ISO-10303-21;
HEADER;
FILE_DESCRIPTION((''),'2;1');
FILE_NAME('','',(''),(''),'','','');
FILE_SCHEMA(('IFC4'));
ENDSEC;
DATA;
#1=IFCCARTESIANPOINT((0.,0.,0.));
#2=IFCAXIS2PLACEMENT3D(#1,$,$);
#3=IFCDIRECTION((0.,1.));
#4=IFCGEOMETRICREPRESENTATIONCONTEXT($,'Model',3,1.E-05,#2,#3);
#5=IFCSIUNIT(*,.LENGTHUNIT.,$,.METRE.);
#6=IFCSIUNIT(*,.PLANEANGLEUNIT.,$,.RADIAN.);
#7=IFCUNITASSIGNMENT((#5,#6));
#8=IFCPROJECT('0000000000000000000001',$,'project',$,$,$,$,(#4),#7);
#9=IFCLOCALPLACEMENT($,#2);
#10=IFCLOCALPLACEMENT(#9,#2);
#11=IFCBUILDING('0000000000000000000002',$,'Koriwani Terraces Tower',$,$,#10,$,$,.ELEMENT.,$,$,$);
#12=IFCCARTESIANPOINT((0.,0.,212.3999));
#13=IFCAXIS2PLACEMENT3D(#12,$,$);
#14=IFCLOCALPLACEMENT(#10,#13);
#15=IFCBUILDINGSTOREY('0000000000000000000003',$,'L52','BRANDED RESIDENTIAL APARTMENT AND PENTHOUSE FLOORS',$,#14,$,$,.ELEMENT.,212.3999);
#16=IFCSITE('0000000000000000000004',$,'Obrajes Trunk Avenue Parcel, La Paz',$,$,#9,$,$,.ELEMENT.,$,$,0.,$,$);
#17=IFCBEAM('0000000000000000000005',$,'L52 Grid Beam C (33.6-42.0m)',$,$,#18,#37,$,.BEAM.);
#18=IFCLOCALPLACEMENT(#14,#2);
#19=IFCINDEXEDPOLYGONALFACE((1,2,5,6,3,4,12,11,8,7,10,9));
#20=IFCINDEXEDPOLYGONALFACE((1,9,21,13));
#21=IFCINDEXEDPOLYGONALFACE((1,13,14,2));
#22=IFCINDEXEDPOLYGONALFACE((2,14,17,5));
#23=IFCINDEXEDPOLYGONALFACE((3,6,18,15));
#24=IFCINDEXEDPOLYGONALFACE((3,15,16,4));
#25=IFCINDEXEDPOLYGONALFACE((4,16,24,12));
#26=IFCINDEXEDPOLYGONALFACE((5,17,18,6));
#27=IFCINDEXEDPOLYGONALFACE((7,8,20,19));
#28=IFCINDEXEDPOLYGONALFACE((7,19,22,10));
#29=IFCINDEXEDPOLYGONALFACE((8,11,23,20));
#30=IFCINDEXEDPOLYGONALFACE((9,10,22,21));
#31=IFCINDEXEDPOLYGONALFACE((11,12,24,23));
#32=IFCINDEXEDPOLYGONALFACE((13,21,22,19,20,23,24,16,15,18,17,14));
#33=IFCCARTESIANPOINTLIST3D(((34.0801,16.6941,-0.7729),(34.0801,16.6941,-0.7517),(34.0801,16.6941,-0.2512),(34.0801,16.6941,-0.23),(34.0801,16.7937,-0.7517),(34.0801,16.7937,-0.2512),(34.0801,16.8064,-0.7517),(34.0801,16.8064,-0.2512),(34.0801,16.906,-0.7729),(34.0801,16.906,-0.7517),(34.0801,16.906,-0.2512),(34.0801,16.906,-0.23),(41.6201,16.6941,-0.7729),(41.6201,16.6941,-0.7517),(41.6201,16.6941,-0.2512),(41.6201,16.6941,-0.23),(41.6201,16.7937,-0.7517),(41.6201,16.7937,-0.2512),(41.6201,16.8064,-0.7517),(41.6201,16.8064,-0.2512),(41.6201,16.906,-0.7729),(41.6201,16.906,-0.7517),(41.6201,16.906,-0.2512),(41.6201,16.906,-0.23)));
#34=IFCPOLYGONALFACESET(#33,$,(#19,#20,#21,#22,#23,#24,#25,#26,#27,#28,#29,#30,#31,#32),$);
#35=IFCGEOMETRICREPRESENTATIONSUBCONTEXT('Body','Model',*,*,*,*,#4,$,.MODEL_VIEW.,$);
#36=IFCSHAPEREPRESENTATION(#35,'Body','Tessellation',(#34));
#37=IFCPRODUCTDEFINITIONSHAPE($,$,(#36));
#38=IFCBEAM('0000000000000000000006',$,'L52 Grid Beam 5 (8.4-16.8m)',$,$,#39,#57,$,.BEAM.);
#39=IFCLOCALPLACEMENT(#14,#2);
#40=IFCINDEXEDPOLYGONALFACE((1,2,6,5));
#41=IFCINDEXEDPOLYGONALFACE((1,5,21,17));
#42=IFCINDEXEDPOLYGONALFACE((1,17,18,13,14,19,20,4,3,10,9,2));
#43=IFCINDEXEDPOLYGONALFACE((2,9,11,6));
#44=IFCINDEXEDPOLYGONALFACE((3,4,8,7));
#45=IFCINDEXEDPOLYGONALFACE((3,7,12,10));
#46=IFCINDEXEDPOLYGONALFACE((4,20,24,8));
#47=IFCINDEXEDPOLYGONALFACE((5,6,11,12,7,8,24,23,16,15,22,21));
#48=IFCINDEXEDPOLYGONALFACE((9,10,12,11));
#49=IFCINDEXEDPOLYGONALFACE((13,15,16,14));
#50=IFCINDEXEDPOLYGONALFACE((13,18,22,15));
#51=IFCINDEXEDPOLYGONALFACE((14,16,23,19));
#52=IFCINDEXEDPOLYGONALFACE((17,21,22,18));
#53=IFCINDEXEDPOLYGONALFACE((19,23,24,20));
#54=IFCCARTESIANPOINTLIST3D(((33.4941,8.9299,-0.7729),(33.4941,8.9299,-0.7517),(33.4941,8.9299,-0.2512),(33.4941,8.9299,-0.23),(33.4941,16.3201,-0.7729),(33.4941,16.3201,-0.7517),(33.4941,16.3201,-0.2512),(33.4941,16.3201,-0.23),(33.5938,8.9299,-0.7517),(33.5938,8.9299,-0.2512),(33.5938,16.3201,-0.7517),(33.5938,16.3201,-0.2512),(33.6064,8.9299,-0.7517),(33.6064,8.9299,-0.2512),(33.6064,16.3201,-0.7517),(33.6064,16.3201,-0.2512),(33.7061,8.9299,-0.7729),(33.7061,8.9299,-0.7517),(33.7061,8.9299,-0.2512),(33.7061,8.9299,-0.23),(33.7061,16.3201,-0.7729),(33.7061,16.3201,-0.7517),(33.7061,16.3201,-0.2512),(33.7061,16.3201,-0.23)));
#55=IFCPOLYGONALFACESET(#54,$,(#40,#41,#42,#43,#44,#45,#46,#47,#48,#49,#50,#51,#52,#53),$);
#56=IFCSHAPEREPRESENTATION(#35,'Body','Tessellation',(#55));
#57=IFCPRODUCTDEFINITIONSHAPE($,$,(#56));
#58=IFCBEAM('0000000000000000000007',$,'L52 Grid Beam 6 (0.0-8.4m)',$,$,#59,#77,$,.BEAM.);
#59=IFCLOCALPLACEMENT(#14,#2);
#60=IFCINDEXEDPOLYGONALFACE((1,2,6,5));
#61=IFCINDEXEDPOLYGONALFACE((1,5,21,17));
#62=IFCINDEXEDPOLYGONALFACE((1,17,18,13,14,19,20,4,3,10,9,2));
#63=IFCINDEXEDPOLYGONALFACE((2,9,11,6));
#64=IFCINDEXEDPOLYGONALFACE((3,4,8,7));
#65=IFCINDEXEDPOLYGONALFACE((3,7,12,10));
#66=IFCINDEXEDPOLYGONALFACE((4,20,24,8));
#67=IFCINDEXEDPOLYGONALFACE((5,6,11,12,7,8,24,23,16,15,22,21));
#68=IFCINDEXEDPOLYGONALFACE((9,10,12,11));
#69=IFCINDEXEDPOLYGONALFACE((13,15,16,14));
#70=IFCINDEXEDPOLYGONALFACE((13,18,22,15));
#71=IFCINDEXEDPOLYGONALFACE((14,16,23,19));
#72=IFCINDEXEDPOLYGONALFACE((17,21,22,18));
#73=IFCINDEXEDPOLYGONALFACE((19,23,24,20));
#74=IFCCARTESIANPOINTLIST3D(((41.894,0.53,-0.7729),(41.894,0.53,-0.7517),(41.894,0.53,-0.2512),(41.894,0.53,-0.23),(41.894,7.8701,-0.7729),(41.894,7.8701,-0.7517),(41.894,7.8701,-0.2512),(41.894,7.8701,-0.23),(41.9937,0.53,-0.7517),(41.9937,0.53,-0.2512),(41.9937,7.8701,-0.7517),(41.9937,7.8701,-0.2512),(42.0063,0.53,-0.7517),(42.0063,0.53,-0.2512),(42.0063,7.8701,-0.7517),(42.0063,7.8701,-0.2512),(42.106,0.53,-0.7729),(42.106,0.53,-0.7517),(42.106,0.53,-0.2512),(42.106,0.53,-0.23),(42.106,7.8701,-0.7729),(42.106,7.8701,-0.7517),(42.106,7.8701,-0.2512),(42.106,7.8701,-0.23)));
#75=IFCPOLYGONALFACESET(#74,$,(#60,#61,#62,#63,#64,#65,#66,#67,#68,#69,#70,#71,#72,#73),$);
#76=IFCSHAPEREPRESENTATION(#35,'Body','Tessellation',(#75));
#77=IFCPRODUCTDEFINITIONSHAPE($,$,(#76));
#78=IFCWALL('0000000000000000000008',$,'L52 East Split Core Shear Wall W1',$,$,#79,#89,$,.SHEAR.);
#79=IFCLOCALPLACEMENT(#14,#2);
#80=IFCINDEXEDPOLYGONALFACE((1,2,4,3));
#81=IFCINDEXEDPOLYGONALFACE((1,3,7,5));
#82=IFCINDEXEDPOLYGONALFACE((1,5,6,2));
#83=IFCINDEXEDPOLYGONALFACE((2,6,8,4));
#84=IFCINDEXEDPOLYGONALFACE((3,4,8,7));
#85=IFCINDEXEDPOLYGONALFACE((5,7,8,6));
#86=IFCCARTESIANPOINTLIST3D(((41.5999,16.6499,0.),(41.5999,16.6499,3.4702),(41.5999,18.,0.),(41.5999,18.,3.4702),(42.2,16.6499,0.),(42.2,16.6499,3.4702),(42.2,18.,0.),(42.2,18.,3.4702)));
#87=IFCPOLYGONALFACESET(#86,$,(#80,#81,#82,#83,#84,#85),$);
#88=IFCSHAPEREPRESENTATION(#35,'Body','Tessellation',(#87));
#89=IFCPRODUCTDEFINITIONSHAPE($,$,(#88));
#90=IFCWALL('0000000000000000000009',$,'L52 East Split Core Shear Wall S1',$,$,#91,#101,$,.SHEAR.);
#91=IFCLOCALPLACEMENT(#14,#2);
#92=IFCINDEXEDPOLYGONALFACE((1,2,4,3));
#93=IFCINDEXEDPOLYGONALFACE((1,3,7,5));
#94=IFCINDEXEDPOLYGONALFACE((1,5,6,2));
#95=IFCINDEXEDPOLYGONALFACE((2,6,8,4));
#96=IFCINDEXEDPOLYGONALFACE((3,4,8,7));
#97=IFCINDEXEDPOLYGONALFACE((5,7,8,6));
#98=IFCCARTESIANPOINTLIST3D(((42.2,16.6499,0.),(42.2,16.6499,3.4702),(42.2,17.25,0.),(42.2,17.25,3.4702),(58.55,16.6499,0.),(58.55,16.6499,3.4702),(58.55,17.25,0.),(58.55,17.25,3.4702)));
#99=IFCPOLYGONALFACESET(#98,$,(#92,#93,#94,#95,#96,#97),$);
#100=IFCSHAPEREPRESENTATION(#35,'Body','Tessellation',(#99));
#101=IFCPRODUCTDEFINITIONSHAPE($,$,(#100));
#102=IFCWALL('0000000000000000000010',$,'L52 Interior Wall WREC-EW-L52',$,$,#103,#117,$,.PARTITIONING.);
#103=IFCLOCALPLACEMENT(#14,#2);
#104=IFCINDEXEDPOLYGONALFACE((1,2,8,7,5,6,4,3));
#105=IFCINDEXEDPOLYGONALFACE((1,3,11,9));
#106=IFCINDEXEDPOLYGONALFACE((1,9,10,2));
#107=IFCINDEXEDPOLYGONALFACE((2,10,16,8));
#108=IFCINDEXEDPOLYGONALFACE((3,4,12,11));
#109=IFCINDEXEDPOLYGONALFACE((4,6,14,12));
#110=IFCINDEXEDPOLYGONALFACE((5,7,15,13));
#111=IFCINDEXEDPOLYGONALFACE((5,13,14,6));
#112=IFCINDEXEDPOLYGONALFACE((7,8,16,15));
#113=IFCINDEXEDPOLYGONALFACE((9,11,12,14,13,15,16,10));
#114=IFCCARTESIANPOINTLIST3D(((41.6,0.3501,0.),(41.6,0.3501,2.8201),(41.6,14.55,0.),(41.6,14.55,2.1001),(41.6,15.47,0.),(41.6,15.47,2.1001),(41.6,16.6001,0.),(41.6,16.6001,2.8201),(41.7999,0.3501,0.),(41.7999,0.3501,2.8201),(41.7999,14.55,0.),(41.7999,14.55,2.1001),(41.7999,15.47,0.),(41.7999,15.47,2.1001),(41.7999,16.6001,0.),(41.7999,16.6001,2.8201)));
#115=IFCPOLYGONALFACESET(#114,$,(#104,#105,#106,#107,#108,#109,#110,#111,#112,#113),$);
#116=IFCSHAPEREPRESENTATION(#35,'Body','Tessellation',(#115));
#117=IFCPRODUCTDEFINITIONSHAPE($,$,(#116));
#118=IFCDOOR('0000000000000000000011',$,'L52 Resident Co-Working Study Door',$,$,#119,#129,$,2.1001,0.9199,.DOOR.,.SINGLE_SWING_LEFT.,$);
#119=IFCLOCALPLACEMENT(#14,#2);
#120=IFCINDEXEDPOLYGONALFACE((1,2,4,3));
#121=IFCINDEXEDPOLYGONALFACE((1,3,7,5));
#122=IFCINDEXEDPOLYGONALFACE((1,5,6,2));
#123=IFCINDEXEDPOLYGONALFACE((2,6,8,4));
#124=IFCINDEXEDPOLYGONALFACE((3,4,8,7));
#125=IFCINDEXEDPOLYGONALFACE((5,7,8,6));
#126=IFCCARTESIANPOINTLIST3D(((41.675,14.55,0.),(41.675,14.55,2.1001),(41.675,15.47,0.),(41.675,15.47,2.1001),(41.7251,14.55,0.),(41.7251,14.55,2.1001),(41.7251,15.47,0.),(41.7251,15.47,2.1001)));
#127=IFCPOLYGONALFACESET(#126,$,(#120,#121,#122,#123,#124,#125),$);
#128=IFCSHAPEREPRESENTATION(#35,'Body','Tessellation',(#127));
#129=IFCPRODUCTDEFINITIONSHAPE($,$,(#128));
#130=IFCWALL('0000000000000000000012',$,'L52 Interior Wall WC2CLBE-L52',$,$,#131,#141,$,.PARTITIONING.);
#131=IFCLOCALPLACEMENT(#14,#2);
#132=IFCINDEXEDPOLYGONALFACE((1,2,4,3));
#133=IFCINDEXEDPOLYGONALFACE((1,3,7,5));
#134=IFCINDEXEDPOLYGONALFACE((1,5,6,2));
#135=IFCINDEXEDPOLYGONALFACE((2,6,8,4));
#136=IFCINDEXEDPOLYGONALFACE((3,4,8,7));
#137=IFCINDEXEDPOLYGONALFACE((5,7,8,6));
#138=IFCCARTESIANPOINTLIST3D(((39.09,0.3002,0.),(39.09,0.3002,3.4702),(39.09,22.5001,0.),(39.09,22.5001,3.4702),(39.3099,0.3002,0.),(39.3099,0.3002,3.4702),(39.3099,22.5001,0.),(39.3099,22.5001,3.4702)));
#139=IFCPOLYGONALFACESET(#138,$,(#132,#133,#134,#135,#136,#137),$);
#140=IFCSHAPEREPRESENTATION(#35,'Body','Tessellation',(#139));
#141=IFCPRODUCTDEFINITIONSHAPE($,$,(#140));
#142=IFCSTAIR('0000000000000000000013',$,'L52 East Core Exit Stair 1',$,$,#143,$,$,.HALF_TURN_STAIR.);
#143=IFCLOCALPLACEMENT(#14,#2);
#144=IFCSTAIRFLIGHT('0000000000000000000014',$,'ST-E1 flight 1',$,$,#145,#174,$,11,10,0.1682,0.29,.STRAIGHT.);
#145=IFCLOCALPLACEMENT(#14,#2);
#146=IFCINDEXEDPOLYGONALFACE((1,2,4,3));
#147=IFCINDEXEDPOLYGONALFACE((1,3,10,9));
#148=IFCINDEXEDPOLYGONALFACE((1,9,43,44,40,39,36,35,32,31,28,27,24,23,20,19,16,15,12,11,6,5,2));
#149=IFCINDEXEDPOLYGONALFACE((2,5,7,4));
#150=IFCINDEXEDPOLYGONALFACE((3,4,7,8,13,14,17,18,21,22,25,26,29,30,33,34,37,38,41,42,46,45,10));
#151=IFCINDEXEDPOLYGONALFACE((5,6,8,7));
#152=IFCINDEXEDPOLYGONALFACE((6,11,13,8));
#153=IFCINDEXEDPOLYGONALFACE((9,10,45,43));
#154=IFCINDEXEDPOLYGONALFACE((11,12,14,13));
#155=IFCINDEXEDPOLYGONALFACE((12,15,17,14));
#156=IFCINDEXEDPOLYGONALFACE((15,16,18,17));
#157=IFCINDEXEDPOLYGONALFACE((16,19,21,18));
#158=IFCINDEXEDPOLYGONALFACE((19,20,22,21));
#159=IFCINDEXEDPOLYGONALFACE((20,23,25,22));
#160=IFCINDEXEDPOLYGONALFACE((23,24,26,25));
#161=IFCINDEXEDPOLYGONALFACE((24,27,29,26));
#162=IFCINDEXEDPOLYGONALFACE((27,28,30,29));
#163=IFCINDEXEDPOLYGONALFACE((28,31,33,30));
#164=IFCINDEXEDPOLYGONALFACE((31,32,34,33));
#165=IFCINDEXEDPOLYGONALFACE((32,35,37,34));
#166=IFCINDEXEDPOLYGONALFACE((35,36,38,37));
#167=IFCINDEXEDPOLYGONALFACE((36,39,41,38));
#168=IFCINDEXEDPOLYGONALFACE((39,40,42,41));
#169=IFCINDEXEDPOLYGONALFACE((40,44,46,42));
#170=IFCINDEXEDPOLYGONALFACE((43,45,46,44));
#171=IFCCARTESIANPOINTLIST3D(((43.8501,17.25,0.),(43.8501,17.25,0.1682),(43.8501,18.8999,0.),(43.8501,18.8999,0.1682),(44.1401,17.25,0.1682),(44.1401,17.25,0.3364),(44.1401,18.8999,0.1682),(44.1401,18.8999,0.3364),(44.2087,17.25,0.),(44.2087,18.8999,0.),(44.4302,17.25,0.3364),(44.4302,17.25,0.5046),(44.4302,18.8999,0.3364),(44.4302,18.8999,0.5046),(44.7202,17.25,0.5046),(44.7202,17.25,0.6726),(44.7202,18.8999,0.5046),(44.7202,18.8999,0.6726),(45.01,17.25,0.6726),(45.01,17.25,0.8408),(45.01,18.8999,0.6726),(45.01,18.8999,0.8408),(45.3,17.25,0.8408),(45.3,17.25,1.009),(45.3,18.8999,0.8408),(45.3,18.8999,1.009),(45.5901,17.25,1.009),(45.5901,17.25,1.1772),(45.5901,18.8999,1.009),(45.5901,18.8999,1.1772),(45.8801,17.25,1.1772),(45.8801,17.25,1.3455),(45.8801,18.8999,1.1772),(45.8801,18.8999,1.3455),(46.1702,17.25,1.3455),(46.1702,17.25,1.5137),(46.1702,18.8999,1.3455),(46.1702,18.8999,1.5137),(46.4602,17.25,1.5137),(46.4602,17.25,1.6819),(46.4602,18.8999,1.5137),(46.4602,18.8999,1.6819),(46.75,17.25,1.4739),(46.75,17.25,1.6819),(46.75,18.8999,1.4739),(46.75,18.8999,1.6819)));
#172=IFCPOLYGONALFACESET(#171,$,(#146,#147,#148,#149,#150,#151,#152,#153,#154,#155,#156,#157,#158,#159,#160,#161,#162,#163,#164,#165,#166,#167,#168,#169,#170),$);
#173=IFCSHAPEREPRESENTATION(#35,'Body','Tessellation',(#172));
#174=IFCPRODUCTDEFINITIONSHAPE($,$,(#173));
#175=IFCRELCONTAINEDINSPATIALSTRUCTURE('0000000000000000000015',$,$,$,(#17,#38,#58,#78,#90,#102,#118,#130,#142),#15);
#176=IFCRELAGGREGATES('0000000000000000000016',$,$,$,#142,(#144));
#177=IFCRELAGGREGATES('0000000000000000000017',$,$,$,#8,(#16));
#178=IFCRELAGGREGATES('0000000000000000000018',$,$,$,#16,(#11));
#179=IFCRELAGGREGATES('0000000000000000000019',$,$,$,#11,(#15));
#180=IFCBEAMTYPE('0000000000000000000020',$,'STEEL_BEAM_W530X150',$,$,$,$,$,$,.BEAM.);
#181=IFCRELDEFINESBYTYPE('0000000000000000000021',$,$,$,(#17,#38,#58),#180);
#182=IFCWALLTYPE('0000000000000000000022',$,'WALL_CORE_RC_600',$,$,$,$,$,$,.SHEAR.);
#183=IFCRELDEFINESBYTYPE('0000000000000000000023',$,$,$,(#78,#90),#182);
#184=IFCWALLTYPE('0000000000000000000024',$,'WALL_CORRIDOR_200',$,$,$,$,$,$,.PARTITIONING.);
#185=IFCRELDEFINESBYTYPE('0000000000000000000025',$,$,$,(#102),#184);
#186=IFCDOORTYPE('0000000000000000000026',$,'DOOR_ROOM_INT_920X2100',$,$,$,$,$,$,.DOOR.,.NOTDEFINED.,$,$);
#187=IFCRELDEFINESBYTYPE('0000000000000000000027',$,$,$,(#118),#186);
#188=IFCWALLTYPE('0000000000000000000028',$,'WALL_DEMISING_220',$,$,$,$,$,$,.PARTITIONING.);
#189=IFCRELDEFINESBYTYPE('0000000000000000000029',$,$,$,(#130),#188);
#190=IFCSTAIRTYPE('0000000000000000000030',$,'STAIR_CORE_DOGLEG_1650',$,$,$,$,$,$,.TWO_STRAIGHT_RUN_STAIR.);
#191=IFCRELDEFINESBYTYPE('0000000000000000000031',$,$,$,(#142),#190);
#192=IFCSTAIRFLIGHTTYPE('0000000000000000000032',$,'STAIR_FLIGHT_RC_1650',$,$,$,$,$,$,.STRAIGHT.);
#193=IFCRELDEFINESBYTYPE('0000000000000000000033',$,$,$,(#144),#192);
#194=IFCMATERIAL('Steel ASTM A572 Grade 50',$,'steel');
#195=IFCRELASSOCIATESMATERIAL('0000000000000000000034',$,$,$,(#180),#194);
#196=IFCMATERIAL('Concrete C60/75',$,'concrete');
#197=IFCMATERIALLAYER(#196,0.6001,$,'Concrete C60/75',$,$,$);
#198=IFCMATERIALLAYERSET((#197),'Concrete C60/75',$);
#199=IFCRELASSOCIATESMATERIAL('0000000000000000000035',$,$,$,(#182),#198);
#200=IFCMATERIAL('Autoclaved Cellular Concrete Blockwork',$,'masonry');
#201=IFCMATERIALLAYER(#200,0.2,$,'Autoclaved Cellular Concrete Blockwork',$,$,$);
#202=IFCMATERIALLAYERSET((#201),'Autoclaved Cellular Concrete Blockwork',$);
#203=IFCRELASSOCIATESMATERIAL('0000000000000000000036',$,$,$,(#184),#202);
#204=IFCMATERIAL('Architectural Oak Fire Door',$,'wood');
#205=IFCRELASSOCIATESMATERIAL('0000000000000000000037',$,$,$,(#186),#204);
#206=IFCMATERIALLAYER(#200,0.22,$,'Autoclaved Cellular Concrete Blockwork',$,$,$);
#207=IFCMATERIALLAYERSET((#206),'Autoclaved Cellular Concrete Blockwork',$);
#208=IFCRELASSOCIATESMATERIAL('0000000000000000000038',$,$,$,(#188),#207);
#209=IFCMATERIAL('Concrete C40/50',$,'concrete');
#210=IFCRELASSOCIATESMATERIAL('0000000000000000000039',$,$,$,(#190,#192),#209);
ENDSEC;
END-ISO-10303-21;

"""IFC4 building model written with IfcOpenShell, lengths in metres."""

from ifc_helpers import new_model, si_unit, direction, frame, frame_2d, origin, origin_2d, place, context, subcontext, project, spatial, polyline, rectangle, i_section, outline, extrude, material, layer, layer_set, material_profile, profile_set, type_object, element, fill, aggregate, save


model = new_model("IFC4")

# Units and contexts
model_context = context("Model", 3, precision=1e-05, world=origin(), true_north=direction((0.0, 1.0)))
body_context = subcontext(model_context, "Body", "Model", "MODEL_VIEW")
ifc_project = project(units=[si_unit("LENGTHUNIT", "METRE"), si_unit("PLANEANGLEUNIT", "RADIAN")], contexts=[model_context])

# Site, building, storey
site_placement = place(None, origin())
site = spatial("IfcSite", under=ifc_project, at=site_placement, Name="Obrajes Trunk Avenue Parcel, La Paz", CompositionType="ELEMENT", RefElevation=0.0)
building_placement = place(site_placement, origin())
building = spatial("IfcBuilding", under=site, at=building_placement, Name="Koriwani Terraces Tower", CompositionType="ELEMENT")
storey_placement = place(building_placement, frame((0.0, 0.0, 212.3999)))
storey = spatial("IfcBuildingStorey", under=building, at=storey_placement, Name="L52", Description="BRANDED RESIDENTIAL APARTMENT AND PENTHOUSE FLOORS", CompositionType="ELEMENT", Elevation=212.3999)

# Beams
ifc_material_1 = material(Name="Concrete C40/50", Category="concrete")
ifc_material_2 = material(Name="Concrete C60/75", Category="concrete")
ifc_material_3 = material(Name="Steel ASTM A572 Grade 50", Category="steel")
ifc_material_profile_1 = material_profile(ifc_material_3, i_section(OverallWidth=0.2119, OverallDepth=0.543, WebThickness=0.0127, FlangeThickness=0.0212, at=origin_2d()), Name="Steel ASTM A572 Grade 50", Category="LoadBearing")
ifc_profile_set_1 = profile_set([ifc_material_profile_1], Name="Steel ASTM A572 Grade 50")
beam_type_1 = type_object("IfcBeamType", Name="STEEL_BEAM_W530X150", PredefinedType="BEAM", material=ifc_profile_set_1)
beam_1_placement = place(storey_placement, frame((34.0801, 16.8, -0.5015), z_axis=(1.0, 0.0, 0.0), x_axis=(0.0, 1.0, 0.0)))
element("IfcBeam", 1, at=beam_1_placement, inside=storey, type_object=beam_type_1, Name="L52 Grid Beam C (33.6-42.0m)", PredefinedType="BEAM", context=body_context, shape_type="SweptSolid", body=[
    extrude(i_section(OverallWidth=0.2119, OverallDepth=0.543, WebThickness=0.0127, FlangeThickness=0.0212, at=origin_2d()), origin(), (0.0, 0.0, 1.0), 7.54),
])
beam_2_placement = place(storey_placement, frame((33.6001, 8.9299, -0.5015), z_axis=(0.0, 1.0, 0.0), x_axis=(-1.0, 0.0, 0.0)))
element("IfcBeam", 2, at=beam_2_placement, inside=storey, type_object=beam_type_1, Name="L52 Grid Beam 5 (8.4-16.8m)", PredefinedType="BEAM", context=body_context, shape_type="SweptSolid", body=[
    extrude(i_section(OverallWidth=0.2119, OverallDepth=0.543, WebThickness=0.0127, FlangeThickness=0.0212, at=origin_2d()), origin(), (0.0, 0.0, 1.0), 7.3901),
])
beam_3_placement = place(storey_placement, frame((42.0, 0.53, -0.5015), z_axis=(0.0, 1.0, 0.0), x_axis=(-1.0, 0.0, 0.0)))
element("IfcBeam", 3, at=beam_3_placement, inside=storey, type_object=beam_type_1, Name="L52 Grid Beam 6 (0.0-8.4m)", PredefinedType="BEAM", context=body_context, shape_type="SweptSolid", body=[
    extrude(i_section(OverallWidth=0.2119, OverallDepth=0.543, WebThickness=0.0127, FlangeThickness=0.0212, at=origin_2d()), origin(), (0.0, 0.0, 1.0), 7.3401),
])

# Walls
ifc_layer_1 = layer(ifc_material_2, 0.6001, Name="Concrete C60/75")
ifc_layer_set_1 = layer_set([ifc_layer_1], Name="Concrete C60/75")
wall_type_1 = type_object("IfcWallType", Name="WALL_CORE_RC_600", PredefinedType="SHEAR", material=ifc_layer_set_1)
wall_1_placement = place(storey_placement, frame((41.8999, 16.6499, 0.0), z_axis=(0.0, 0.0, 1.0), x_axis=(0.0, 1.0, 0.0)))
element("IfcWall", 4, at=wall_1_placement, inside=storey, type_object=wall_type_1, Name="L52 East Split Core Shear Wall W1", PredefinedType="SHEAR", context=body_context, shape_type="SweptSolid", body=[
    extrude(rectangle(XDim=1.3501, YDim=0.6001, at=frame_2d((0.675, 0.0))), origin(), (0.0, 0.0, 1.0), 3.4702),
])
wall_2_placement = place(storey_placement, frame((42.2, 16.95, 0.0), z_axis=(0.0, 0.0, 1.0), x_axis=(1.0, 0.0, 0.0)))
element("IfcWall", 5, at=wall_2_placement, inside=storey, type_object=wall_type_1, Name="L52 East Split Core Shear Wall S1", PredefinedType="SHEAR", context=body_context, shape_type="SweptSolid", body=[
    extrude(rectangle(XDim=16.3501, YDim=0.6001, at=frame_2d((8.175, 0.0))), origin(), (0.0, 0.0, 1.0), 3.4702),
])

# Wall, opening, door
ifc_material_4 = material(Name="Autoclaved Cellular Concrete Blockwork", Category="masonry")
ifc_layer_2 = layer(ifc_material_4, 0.2, Name="Autoclaved Cellular Concrete Blockwork")
ifc_layer_set_2 = layer_set([ifc_layer_2], Name="Autoclaved Cellular Concrete Blockwork")
wall_type_2 = type_object("IfcWallType", Name="WALL_CORRIDOR_200", PredefinedType="PARTITIONING", material=ifc_layer_set_2)
wall_3_placement = place(storey_placement, frame((41.7, 0.3501, 0.0), z_axis=(0.0, 0.0, 1.0), x_axis=(0.0, 1.0, 0.0)))
wall_3 = element("IfcWall", 6, at=wall_3_placement, inside=storey, type_object=wall_type_2, Name="L52 Interior Wall WREC-EW-L52", PredefinedType="PARTITIONING", context=body_context, shape_type="SweptSolid", body=[
    extrude(rectangle(XDim=16.25, YDim=0.2, at=frame_2d((8.125, 0.0))), origin(), (0.0, 0.0, 1.0), 2.8201),
])
opening_1_placement = place(wall_3_placement, frame((14.2, 0.0, 0.0)))
opening_1 = element("IfcOpeningElement", 7, at=opening_1_placement, cuts=wall_3, PredefinedType="OPENING", context=body_context, shape_type="SweptSolid", body=[
    extrude(rectangle(XDim=0.9199, YDim=2.1001, at=frame_2d((0.46, 1.05))), frame((0.0, 0.1099, 0.0), z_axis=(0.0, -1.0, 0.0), x_axis=(1.0, 0.0, 0.0)), (0.0, 0.0, 1.0), 0.22),
])
ifc_material_5 = material(Name="Architectural Oak Fire Door", Category="wood")
door_type_1 = type_object("IfcDoorType", Name="DOOR_ROOM_INT_920X2100", OperationType="NOTDEFINED", PredefinedType="DOOR", material=ifc_material_5)
door_1_placement = place(opening_1_placement, origin())
door_1 = element("IfcDoor", 8, at=door_1_placement, inside=storey, type_object=door_type_1, Name="L52 Resident Co-Working Study Door", OperationType="SINGLE_SWING_LEFT", OverallHeight=2.1001, OverallWidth=0.9199, PredefinedType="DOOR", context=body_context, shape_type="SweptSolid", body=[
    extrude(rectangle(XDim=0.9199, YDim=2.1001, at=frame_2d((0.46, 1.05))), frame((0.0, 0.0249, 0.0), z_axis=(0.0, -1.0, 0.0), x_axis=(1.0, 0.0, 0.0)), (0.0, 0.0, 1.0), 0.05),
])
fill(opening_1, door_1)

# Wall
ifc_layer_3 = layer(ifc_material_4, 0.22, Name="Autoclaved Cellular Concrete Blockwork")
ifc_layer_set_3 = layer_set([ifc_layer_3], Name="Autoclaved Cellular Concrete Blockwork")
wall_type_3 = type_object("IfcWallType", Name="WALL_DEMISING_220", PredefinedType="PARTITIONING", material=ifc_layer_set_3)
wall_4_placement = place(storey_placement, frame((39.2, 0.3, 0.0), z_axis=(0.0, 0.0, 1.0), x_axis=(0.0, 1.0, 0.0)))
element("IfcWall", 9, at=wall_4_placement, inside=storey, type_object=wall_type_3, Name="L52 Interior Wall WC2CLBE-L52", PredefinedType="PARTITIONING", context=body_context, shape_type="SweptSolid", body=[
    extrude(rectangle(XDim=22.2, YDim=0.22, at=frame_2d((11.1001, 0.0))), origin(), (0.0, 0.0, 1.0), 3.4702),
])

# Stair, stair flight
stair_type = type_object("IfcStairType", Name="STAIR_CORE_DOGLEG_1650", PredefinedType="TWO_STRAIGHT_RUN_STAIR", material=ifc_material_1)
stair_placement = place(storey_placement, origin())
stair = element("IfcStair", 10, at=stair_placement, inside=storey, type_object=stair_type, Name="L52 East Core Exit Stair 1", PredefinedType="HALF_TURN_STAIR")
stair_flight_type = type_object("IfcStairFlightType", Name="STAIR_FLIGHT_RC_1650", PredefinedType="STRAIGHT", material=ifc_material_1)
stair_flight_placement = place(storey_placement, frame((43.8501, 18.075, 0.0), z_axis=(0.0, 0.0, 1.0), x_axis=(1.0, 0.0, 0.0)))
stair_flight = element("IfcStairFlight", 11, at=stair_flight_placement, type_object=stair_flight_type, Name="ST-E1 flight 1", NumberOfRisers=11, NumberOfTreads=10, PredefinedType="STRAIGHT", RiserHeight=0.1682, TreadLength=0.29, context=body_context, shape_type="SweptSolid", body=[
    extrude(outline(polyline([(0.0, 0.0), (0.0, 0.1682), (0.29, 0.1682), (0.29, 0.3364), (0.5801, 0.3364), (0.5801, 0.5046), (0.8701, 0.5046), (0.8701, 0.6726), (1.1599, 0.6726), (1.1599, 0.8408), (1.45, 0.8408), (1.45, 1.009), (1.74, 1.009), (1.74, 1.1772), (2.03, 1.1772), (2.03, 1.3455), (2.3201, 1.3455), (2.3201, 1.5137), (2.6101, 1.5137), (2.6101, 1.6819), (2.8999, 1.6819), (2.8999, 1.8501), (2.8999, 1.4739), (0.3586, 0.0), (0.0, 0.0)])), frame((0.0, 0.825, 0.0), z_axis=(0.0, -1.0, 0.0), x_axis=(1.0, 0.0, 0.0)), (0.0, 0.0, 1.0), 1.6499),
])
aggregate(stair, [stair_flight])

save(model, "model.ifc")
